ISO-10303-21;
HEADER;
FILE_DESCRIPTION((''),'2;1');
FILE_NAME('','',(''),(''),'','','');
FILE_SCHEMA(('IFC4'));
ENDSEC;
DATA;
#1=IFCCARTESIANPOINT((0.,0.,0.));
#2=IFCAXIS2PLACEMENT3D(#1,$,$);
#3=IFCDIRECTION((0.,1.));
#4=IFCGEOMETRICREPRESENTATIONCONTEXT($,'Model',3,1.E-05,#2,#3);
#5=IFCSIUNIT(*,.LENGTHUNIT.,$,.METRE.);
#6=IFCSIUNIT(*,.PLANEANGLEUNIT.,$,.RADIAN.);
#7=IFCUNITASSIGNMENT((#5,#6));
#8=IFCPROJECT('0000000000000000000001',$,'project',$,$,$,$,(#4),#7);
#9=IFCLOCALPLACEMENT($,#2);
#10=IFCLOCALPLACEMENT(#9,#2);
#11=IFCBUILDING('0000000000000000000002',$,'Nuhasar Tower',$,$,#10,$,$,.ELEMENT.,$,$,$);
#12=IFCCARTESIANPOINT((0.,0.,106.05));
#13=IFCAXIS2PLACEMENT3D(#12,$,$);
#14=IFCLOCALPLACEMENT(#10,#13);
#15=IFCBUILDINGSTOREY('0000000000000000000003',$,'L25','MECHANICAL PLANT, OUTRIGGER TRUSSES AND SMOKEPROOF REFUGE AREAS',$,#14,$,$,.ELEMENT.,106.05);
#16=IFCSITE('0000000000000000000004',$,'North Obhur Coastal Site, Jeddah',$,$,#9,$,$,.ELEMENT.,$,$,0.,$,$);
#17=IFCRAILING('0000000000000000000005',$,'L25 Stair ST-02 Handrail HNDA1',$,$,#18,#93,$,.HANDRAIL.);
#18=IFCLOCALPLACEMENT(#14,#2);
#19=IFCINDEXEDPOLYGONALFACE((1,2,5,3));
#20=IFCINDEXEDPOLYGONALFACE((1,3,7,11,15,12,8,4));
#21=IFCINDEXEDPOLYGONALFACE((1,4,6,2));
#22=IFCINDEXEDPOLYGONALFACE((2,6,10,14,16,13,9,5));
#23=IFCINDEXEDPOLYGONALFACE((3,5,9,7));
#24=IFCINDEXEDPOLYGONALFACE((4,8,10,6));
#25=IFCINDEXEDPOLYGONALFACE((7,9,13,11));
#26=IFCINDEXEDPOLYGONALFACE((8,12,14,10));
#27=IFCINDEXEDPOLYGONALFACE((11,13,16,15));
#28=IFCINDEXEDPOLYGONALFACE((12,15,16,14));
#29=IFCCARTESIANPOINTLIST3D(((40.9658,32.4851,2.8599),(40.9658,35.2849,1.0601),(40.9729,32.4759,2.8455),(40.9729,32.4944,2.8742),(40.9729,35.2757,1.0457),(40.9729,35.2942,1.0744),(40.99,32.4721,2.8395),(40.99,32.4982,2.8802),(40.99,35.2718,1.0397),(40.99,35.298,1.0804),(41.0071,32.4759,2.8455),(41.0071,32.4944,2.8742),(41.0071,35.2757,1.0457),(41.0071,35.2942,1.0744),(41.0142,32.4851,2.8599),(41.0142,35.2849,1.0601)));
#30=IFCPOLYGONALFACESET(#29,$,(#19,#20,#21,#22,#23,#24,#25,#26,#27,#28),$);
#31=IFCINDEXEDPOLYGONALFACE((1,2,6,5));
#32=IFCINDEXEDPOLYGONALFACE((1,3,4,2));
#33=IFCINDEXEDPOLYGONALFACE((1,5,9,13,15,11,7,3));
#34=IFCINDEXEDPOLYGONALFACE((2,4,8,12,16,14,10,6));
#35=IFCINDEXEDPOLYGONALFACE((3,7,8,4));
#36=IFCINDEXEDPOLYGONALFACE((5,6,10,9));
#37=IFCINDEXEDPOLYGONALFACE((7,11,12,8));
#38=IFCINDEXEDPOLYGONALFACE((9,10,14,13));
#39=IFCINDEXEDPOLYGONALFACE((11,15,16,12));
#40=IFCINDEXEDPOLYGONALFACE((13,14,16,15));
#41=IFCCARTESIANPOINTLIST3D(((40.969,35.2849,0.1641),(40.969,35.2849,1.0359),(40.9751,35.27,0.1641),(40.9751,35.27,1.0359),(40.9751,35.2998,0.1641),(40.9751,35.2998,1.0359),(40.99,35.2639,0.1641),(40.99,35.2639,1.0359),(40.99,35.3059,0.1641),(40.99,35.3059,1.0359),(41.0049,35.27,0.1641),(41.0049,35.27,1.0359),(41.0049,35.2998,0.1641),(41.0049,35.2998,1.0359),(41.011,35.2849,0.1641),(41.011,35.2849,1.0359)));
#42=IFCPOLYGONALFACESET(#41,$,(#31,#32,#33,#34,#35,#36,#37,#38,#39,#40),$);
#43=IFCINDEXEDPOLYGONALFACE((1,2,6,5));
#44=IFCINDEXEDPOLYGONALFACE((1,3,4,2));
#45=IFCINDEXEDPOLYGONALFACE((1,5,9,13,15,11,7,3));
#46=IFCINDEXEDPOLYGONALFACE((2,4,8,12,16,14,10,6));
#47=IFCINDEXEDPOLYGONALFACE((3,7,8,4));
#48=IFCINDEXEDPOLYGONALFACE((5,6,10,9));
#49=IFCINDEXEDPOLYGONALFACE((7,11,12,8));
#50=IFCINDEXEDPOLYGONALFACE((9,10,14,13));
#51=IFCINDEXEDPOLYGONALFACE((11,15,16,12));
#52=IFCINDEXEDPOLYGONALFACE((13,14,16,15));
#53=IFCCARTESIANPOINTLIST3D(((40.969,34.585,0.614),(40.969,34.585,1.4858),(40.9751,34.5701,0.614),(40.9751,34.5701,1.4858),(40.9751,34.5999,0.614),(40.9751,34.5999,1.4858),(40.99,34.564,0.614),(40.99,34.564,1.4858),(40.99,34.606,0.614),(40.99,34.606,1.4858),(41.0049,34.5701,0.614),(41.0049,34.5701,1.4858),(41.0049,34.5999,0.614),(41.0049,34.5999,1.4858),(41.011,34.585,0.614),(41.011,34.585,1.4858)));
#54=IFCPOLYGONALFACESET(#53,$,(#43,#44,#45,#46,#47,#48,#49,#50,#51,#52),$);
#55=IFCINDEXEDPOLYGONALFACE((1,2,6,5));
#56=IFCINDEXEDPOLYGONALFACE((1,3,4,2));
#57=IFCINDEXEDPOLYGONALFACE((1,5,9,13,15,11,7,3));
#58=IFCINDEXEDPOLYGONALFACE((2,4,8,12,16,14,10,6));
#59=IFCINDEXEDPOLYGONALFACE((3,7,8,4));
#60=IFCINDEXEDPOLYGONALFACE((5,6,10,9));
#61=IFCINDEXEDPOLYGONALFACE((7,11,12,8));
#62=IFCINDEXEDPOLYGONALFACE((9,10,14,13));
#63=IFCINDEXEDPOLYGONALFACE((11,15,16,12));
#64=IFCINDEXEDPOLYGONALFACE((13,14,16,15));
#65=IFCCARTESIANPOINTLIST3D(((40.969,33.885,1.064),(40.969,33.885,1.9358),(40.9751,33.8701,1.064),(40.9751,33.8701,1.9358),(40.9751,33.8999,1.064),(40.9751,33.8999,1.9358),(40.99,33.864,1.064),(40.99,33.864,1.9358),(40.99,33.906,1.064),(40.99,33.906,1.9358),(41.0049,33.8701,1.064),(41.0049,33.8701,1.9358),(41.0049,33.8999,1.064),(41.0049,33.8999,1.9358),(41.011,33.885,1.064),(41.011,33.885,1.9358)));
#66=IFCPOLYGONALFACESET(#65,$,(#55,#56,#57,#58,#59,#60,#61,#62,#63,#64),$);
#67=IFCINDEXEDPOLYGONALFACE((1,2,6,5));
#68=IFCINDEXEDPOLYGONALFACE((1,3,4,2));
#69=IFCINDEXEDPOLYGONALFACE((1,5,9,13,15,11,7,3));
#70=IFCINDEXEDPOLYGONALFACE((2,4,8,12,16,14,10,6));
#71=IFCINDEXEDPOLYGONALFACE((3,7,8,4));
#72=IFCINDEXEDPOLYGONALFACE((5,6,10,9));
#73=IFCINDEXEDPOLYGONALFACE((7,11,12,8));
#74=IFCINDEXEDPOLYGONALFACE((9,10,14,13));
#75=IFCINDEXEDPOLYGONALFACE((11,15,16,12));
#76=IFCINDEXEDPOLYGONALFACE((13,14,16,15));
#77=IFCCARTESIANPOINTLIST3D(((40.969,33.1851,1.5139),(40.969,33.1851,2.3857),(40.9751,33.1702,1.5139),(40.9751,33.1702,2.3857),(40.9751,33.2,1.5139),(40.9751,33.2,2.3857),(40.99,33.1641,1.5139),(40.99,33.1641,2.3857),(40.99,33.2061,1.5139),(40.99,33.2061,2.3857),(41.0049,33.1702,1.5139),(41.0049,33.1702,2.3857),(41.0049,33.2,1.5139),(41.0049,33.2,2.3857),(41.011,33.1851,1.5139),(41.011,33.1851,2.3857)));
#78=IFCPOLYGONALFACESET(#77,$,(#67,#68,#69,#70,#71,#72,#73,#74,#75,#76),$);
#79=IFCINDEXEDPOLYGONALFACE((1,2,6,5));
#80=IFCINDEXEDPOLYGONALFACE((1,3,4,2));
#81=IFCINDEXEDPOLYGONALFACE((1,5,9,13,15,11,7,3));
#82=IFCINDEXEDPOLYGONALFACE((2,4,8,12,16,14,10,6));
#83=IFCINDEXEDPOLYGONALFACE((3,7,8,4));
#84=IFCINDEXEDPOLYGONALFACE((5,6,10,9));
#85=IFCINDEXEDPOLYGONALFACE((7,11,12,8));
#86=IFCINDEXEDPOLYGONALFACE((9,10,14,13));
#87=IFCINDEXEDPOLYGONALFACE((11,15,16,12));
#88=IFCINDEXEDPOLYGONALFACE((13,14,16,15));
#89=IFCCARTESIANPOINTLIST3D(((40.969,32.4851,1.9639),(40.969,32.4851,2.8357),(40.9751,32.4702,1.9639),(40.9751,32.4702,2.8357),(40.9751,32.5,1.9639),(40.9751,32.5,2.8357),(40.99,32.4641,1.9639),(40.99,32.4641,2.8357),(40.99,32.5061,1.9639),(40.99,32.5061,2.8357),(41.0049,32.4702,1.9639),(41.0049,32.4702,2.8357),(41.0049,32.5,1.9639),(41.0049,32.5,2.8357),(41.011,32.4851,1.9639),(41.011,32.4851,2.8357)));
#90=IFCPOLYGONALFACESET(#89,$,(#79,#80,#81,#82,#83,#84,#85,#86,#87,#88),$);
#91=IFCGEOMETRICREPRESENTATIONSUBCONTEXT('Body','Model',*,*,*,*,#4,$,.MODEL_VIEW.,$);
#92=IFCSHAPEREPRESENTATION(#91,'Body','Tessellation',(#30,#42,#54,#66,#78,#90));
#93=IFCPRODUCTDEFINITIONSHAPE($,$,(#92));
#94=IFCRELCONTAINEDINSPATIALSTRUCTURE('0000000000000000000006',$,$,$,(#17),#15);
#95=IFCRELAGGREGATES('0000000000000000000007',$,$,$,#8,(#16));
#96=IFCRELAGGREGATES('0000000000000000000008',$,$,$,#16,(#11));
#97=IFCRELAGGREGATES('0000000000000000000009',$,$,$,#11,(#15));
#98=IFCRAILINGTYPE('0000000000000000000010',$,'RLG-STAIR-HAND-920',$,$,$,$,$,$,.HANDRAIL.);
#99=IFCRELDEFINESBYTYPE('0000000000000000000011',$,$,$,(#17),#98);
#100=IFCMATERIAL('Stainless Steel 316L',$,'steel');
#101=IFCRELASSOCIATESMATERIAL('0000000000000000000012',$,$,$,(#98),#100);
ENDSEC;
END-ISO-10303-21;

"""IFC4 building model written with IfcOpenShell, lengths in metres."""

from ifc_helpers import new_model, si_unit, direction, frame, origin, place, context, subcontext, project, spatial, polyline, outline, extrude, material, type_object, element, save


model = new_model("IFC4")

# Units and contexts
model_context = context("Model", 3, precision=1e-05, world=origin(), true_north=direction((0.0, 1.0)))
body_context = subcontext(model_context, "Body", "Model", "MODEL_VIEW")
ifc_project = project(units=[si_unit("LENGTHUNIT", "METRE"), si_unit("PLANEANGLEUNIT", "RADIAN")], contexts=[model_context])

# Site, building, storey
site_placement = place(None, origin())
site = spatial("IfcSite", under=ifc_project, at=site_placement, Name="North Obhur Coastal Site, Jeddah", CompositionType="ELEMENT", RefElevation=0.0)
building_placement = place(site_placement, origin())
building = spatial("IfcBuilding", under=site, at=building_placement, Name="Nuhasar Tower", CompositionType="ELEMENT")
storey_placement = place(building_placement, frame((0.0, 0.0, 106.05)))
storey = spatial("IfcBuildingStorey", under=building, at=storey_placement, Name="L25", Description="MECHANICAL PLANT, OUTRIGGER TRUSSES AND SMOKEPROOF REFUGE AREAS", CompositionType="ELEMENT", Elevation=106.05)

# Railing
ifc_material_1 = material(Name="Stainless Steel 316L", Category="steel")
railing_type_1 = type_object("IfcRailingType", Name="RLG-STAIR-HAND-920", PredefinedType="HANDRAIL", material=ifc_material_1)
railing_1_placement = place(storey_placement, frame((40.99, 35.2849, 0.1641)))
element("IfcRailing", 1, at=railing_1_placement, inside=storey, type_object=railing_type_1, Name="L25 Stair ST-02 Handrail HNDA1", PredefinedType="HANDRAIL", context=body_context, shape_type="SweptSolid", body=[
    extrude(outline(polyline([(0.0242, 0.0), (0.0171, 0.0171), (0.0, 0.0242), (-0.0171, 0.0171), (-0.0242, 0.0), (-0.0171, -0.0171), (0.0, -0.0242), (0.0171, -0.0171), (0.0242, 0.0)])), frame((0.0, 0.0, 0.896), z_axis=(0.0, -0.841188, 0.540743), x_axis=(1.0, 0.0, 0.0)), (0.0, 0.0, 1.0), 3.3284),
    extrude(outline(polyline([(0.021, 0.0), (0.0149, 0.0149), (0.0, 0.021), (-0.0149, 0.0149), (-0.021, 0.0), (-0.0149, -0.0149), (0.0, -0.021), (0.0149, -0.0149), (0.021, 0.0)])), origin(), (0.0, 0.0, 1.0), 0.8718),
    extrude(outline(polyline([(0.021, 0.0), (0.0149, 0.0149), (0.0, 0.021), (-0.0149, 0.0149), (-0.021, 0.0), (-0.0149, -0.0149), (0.0, -0.021), (0.0149, -0.0149), (0.021, 0.0)])), frame((0.0, -0.7, 0.45)), (0.0, 0.0, 1.0), 0.8718),
    extrude(outline(polyline([(0.021, 0.0), (0.0149, 0.0149), (0.0, 0.021), (-0.0149, 0.0149), (-0.021, 0.0), (-0.0149, -0.0149), (0.0, -0.021), (0.0149, -0.0149), (0.021, 0.0)])), frame((0.0, -1.3999, 0.8999)), (0.0, 0.0, 1.0), 0.8718),
    extrude(outline(polyline([(0.021, 0.0), (0.0149, 0.0149), (0.0, 0.021), (-0.0149, 0.0149), (-0.021, 0.0), (-0.0149, -0.0149), (0.0, -0.021), (0.0149, -0.0149), (0.021, 0.0)])), frame((0.0, -2.0999, 1.3499)), (0.0, 0.0, 1.0), 0.8718),
    extrude(outline(polyline([(0.021, 0.0), (0.0149, 0.0149), (0.0, 0.021), (-0.0149, 0.0149), (-0.021, 0.0), (-0.0149, -0.0149), (0.0, -0.021), (0.0149, -0.0149), (0.021, 0.0)])), frame((0.0, -2.7998, 1.7998)), (0.0, 0.0, 1.0), 0.8718),
])

save(model, "model.ifc")
